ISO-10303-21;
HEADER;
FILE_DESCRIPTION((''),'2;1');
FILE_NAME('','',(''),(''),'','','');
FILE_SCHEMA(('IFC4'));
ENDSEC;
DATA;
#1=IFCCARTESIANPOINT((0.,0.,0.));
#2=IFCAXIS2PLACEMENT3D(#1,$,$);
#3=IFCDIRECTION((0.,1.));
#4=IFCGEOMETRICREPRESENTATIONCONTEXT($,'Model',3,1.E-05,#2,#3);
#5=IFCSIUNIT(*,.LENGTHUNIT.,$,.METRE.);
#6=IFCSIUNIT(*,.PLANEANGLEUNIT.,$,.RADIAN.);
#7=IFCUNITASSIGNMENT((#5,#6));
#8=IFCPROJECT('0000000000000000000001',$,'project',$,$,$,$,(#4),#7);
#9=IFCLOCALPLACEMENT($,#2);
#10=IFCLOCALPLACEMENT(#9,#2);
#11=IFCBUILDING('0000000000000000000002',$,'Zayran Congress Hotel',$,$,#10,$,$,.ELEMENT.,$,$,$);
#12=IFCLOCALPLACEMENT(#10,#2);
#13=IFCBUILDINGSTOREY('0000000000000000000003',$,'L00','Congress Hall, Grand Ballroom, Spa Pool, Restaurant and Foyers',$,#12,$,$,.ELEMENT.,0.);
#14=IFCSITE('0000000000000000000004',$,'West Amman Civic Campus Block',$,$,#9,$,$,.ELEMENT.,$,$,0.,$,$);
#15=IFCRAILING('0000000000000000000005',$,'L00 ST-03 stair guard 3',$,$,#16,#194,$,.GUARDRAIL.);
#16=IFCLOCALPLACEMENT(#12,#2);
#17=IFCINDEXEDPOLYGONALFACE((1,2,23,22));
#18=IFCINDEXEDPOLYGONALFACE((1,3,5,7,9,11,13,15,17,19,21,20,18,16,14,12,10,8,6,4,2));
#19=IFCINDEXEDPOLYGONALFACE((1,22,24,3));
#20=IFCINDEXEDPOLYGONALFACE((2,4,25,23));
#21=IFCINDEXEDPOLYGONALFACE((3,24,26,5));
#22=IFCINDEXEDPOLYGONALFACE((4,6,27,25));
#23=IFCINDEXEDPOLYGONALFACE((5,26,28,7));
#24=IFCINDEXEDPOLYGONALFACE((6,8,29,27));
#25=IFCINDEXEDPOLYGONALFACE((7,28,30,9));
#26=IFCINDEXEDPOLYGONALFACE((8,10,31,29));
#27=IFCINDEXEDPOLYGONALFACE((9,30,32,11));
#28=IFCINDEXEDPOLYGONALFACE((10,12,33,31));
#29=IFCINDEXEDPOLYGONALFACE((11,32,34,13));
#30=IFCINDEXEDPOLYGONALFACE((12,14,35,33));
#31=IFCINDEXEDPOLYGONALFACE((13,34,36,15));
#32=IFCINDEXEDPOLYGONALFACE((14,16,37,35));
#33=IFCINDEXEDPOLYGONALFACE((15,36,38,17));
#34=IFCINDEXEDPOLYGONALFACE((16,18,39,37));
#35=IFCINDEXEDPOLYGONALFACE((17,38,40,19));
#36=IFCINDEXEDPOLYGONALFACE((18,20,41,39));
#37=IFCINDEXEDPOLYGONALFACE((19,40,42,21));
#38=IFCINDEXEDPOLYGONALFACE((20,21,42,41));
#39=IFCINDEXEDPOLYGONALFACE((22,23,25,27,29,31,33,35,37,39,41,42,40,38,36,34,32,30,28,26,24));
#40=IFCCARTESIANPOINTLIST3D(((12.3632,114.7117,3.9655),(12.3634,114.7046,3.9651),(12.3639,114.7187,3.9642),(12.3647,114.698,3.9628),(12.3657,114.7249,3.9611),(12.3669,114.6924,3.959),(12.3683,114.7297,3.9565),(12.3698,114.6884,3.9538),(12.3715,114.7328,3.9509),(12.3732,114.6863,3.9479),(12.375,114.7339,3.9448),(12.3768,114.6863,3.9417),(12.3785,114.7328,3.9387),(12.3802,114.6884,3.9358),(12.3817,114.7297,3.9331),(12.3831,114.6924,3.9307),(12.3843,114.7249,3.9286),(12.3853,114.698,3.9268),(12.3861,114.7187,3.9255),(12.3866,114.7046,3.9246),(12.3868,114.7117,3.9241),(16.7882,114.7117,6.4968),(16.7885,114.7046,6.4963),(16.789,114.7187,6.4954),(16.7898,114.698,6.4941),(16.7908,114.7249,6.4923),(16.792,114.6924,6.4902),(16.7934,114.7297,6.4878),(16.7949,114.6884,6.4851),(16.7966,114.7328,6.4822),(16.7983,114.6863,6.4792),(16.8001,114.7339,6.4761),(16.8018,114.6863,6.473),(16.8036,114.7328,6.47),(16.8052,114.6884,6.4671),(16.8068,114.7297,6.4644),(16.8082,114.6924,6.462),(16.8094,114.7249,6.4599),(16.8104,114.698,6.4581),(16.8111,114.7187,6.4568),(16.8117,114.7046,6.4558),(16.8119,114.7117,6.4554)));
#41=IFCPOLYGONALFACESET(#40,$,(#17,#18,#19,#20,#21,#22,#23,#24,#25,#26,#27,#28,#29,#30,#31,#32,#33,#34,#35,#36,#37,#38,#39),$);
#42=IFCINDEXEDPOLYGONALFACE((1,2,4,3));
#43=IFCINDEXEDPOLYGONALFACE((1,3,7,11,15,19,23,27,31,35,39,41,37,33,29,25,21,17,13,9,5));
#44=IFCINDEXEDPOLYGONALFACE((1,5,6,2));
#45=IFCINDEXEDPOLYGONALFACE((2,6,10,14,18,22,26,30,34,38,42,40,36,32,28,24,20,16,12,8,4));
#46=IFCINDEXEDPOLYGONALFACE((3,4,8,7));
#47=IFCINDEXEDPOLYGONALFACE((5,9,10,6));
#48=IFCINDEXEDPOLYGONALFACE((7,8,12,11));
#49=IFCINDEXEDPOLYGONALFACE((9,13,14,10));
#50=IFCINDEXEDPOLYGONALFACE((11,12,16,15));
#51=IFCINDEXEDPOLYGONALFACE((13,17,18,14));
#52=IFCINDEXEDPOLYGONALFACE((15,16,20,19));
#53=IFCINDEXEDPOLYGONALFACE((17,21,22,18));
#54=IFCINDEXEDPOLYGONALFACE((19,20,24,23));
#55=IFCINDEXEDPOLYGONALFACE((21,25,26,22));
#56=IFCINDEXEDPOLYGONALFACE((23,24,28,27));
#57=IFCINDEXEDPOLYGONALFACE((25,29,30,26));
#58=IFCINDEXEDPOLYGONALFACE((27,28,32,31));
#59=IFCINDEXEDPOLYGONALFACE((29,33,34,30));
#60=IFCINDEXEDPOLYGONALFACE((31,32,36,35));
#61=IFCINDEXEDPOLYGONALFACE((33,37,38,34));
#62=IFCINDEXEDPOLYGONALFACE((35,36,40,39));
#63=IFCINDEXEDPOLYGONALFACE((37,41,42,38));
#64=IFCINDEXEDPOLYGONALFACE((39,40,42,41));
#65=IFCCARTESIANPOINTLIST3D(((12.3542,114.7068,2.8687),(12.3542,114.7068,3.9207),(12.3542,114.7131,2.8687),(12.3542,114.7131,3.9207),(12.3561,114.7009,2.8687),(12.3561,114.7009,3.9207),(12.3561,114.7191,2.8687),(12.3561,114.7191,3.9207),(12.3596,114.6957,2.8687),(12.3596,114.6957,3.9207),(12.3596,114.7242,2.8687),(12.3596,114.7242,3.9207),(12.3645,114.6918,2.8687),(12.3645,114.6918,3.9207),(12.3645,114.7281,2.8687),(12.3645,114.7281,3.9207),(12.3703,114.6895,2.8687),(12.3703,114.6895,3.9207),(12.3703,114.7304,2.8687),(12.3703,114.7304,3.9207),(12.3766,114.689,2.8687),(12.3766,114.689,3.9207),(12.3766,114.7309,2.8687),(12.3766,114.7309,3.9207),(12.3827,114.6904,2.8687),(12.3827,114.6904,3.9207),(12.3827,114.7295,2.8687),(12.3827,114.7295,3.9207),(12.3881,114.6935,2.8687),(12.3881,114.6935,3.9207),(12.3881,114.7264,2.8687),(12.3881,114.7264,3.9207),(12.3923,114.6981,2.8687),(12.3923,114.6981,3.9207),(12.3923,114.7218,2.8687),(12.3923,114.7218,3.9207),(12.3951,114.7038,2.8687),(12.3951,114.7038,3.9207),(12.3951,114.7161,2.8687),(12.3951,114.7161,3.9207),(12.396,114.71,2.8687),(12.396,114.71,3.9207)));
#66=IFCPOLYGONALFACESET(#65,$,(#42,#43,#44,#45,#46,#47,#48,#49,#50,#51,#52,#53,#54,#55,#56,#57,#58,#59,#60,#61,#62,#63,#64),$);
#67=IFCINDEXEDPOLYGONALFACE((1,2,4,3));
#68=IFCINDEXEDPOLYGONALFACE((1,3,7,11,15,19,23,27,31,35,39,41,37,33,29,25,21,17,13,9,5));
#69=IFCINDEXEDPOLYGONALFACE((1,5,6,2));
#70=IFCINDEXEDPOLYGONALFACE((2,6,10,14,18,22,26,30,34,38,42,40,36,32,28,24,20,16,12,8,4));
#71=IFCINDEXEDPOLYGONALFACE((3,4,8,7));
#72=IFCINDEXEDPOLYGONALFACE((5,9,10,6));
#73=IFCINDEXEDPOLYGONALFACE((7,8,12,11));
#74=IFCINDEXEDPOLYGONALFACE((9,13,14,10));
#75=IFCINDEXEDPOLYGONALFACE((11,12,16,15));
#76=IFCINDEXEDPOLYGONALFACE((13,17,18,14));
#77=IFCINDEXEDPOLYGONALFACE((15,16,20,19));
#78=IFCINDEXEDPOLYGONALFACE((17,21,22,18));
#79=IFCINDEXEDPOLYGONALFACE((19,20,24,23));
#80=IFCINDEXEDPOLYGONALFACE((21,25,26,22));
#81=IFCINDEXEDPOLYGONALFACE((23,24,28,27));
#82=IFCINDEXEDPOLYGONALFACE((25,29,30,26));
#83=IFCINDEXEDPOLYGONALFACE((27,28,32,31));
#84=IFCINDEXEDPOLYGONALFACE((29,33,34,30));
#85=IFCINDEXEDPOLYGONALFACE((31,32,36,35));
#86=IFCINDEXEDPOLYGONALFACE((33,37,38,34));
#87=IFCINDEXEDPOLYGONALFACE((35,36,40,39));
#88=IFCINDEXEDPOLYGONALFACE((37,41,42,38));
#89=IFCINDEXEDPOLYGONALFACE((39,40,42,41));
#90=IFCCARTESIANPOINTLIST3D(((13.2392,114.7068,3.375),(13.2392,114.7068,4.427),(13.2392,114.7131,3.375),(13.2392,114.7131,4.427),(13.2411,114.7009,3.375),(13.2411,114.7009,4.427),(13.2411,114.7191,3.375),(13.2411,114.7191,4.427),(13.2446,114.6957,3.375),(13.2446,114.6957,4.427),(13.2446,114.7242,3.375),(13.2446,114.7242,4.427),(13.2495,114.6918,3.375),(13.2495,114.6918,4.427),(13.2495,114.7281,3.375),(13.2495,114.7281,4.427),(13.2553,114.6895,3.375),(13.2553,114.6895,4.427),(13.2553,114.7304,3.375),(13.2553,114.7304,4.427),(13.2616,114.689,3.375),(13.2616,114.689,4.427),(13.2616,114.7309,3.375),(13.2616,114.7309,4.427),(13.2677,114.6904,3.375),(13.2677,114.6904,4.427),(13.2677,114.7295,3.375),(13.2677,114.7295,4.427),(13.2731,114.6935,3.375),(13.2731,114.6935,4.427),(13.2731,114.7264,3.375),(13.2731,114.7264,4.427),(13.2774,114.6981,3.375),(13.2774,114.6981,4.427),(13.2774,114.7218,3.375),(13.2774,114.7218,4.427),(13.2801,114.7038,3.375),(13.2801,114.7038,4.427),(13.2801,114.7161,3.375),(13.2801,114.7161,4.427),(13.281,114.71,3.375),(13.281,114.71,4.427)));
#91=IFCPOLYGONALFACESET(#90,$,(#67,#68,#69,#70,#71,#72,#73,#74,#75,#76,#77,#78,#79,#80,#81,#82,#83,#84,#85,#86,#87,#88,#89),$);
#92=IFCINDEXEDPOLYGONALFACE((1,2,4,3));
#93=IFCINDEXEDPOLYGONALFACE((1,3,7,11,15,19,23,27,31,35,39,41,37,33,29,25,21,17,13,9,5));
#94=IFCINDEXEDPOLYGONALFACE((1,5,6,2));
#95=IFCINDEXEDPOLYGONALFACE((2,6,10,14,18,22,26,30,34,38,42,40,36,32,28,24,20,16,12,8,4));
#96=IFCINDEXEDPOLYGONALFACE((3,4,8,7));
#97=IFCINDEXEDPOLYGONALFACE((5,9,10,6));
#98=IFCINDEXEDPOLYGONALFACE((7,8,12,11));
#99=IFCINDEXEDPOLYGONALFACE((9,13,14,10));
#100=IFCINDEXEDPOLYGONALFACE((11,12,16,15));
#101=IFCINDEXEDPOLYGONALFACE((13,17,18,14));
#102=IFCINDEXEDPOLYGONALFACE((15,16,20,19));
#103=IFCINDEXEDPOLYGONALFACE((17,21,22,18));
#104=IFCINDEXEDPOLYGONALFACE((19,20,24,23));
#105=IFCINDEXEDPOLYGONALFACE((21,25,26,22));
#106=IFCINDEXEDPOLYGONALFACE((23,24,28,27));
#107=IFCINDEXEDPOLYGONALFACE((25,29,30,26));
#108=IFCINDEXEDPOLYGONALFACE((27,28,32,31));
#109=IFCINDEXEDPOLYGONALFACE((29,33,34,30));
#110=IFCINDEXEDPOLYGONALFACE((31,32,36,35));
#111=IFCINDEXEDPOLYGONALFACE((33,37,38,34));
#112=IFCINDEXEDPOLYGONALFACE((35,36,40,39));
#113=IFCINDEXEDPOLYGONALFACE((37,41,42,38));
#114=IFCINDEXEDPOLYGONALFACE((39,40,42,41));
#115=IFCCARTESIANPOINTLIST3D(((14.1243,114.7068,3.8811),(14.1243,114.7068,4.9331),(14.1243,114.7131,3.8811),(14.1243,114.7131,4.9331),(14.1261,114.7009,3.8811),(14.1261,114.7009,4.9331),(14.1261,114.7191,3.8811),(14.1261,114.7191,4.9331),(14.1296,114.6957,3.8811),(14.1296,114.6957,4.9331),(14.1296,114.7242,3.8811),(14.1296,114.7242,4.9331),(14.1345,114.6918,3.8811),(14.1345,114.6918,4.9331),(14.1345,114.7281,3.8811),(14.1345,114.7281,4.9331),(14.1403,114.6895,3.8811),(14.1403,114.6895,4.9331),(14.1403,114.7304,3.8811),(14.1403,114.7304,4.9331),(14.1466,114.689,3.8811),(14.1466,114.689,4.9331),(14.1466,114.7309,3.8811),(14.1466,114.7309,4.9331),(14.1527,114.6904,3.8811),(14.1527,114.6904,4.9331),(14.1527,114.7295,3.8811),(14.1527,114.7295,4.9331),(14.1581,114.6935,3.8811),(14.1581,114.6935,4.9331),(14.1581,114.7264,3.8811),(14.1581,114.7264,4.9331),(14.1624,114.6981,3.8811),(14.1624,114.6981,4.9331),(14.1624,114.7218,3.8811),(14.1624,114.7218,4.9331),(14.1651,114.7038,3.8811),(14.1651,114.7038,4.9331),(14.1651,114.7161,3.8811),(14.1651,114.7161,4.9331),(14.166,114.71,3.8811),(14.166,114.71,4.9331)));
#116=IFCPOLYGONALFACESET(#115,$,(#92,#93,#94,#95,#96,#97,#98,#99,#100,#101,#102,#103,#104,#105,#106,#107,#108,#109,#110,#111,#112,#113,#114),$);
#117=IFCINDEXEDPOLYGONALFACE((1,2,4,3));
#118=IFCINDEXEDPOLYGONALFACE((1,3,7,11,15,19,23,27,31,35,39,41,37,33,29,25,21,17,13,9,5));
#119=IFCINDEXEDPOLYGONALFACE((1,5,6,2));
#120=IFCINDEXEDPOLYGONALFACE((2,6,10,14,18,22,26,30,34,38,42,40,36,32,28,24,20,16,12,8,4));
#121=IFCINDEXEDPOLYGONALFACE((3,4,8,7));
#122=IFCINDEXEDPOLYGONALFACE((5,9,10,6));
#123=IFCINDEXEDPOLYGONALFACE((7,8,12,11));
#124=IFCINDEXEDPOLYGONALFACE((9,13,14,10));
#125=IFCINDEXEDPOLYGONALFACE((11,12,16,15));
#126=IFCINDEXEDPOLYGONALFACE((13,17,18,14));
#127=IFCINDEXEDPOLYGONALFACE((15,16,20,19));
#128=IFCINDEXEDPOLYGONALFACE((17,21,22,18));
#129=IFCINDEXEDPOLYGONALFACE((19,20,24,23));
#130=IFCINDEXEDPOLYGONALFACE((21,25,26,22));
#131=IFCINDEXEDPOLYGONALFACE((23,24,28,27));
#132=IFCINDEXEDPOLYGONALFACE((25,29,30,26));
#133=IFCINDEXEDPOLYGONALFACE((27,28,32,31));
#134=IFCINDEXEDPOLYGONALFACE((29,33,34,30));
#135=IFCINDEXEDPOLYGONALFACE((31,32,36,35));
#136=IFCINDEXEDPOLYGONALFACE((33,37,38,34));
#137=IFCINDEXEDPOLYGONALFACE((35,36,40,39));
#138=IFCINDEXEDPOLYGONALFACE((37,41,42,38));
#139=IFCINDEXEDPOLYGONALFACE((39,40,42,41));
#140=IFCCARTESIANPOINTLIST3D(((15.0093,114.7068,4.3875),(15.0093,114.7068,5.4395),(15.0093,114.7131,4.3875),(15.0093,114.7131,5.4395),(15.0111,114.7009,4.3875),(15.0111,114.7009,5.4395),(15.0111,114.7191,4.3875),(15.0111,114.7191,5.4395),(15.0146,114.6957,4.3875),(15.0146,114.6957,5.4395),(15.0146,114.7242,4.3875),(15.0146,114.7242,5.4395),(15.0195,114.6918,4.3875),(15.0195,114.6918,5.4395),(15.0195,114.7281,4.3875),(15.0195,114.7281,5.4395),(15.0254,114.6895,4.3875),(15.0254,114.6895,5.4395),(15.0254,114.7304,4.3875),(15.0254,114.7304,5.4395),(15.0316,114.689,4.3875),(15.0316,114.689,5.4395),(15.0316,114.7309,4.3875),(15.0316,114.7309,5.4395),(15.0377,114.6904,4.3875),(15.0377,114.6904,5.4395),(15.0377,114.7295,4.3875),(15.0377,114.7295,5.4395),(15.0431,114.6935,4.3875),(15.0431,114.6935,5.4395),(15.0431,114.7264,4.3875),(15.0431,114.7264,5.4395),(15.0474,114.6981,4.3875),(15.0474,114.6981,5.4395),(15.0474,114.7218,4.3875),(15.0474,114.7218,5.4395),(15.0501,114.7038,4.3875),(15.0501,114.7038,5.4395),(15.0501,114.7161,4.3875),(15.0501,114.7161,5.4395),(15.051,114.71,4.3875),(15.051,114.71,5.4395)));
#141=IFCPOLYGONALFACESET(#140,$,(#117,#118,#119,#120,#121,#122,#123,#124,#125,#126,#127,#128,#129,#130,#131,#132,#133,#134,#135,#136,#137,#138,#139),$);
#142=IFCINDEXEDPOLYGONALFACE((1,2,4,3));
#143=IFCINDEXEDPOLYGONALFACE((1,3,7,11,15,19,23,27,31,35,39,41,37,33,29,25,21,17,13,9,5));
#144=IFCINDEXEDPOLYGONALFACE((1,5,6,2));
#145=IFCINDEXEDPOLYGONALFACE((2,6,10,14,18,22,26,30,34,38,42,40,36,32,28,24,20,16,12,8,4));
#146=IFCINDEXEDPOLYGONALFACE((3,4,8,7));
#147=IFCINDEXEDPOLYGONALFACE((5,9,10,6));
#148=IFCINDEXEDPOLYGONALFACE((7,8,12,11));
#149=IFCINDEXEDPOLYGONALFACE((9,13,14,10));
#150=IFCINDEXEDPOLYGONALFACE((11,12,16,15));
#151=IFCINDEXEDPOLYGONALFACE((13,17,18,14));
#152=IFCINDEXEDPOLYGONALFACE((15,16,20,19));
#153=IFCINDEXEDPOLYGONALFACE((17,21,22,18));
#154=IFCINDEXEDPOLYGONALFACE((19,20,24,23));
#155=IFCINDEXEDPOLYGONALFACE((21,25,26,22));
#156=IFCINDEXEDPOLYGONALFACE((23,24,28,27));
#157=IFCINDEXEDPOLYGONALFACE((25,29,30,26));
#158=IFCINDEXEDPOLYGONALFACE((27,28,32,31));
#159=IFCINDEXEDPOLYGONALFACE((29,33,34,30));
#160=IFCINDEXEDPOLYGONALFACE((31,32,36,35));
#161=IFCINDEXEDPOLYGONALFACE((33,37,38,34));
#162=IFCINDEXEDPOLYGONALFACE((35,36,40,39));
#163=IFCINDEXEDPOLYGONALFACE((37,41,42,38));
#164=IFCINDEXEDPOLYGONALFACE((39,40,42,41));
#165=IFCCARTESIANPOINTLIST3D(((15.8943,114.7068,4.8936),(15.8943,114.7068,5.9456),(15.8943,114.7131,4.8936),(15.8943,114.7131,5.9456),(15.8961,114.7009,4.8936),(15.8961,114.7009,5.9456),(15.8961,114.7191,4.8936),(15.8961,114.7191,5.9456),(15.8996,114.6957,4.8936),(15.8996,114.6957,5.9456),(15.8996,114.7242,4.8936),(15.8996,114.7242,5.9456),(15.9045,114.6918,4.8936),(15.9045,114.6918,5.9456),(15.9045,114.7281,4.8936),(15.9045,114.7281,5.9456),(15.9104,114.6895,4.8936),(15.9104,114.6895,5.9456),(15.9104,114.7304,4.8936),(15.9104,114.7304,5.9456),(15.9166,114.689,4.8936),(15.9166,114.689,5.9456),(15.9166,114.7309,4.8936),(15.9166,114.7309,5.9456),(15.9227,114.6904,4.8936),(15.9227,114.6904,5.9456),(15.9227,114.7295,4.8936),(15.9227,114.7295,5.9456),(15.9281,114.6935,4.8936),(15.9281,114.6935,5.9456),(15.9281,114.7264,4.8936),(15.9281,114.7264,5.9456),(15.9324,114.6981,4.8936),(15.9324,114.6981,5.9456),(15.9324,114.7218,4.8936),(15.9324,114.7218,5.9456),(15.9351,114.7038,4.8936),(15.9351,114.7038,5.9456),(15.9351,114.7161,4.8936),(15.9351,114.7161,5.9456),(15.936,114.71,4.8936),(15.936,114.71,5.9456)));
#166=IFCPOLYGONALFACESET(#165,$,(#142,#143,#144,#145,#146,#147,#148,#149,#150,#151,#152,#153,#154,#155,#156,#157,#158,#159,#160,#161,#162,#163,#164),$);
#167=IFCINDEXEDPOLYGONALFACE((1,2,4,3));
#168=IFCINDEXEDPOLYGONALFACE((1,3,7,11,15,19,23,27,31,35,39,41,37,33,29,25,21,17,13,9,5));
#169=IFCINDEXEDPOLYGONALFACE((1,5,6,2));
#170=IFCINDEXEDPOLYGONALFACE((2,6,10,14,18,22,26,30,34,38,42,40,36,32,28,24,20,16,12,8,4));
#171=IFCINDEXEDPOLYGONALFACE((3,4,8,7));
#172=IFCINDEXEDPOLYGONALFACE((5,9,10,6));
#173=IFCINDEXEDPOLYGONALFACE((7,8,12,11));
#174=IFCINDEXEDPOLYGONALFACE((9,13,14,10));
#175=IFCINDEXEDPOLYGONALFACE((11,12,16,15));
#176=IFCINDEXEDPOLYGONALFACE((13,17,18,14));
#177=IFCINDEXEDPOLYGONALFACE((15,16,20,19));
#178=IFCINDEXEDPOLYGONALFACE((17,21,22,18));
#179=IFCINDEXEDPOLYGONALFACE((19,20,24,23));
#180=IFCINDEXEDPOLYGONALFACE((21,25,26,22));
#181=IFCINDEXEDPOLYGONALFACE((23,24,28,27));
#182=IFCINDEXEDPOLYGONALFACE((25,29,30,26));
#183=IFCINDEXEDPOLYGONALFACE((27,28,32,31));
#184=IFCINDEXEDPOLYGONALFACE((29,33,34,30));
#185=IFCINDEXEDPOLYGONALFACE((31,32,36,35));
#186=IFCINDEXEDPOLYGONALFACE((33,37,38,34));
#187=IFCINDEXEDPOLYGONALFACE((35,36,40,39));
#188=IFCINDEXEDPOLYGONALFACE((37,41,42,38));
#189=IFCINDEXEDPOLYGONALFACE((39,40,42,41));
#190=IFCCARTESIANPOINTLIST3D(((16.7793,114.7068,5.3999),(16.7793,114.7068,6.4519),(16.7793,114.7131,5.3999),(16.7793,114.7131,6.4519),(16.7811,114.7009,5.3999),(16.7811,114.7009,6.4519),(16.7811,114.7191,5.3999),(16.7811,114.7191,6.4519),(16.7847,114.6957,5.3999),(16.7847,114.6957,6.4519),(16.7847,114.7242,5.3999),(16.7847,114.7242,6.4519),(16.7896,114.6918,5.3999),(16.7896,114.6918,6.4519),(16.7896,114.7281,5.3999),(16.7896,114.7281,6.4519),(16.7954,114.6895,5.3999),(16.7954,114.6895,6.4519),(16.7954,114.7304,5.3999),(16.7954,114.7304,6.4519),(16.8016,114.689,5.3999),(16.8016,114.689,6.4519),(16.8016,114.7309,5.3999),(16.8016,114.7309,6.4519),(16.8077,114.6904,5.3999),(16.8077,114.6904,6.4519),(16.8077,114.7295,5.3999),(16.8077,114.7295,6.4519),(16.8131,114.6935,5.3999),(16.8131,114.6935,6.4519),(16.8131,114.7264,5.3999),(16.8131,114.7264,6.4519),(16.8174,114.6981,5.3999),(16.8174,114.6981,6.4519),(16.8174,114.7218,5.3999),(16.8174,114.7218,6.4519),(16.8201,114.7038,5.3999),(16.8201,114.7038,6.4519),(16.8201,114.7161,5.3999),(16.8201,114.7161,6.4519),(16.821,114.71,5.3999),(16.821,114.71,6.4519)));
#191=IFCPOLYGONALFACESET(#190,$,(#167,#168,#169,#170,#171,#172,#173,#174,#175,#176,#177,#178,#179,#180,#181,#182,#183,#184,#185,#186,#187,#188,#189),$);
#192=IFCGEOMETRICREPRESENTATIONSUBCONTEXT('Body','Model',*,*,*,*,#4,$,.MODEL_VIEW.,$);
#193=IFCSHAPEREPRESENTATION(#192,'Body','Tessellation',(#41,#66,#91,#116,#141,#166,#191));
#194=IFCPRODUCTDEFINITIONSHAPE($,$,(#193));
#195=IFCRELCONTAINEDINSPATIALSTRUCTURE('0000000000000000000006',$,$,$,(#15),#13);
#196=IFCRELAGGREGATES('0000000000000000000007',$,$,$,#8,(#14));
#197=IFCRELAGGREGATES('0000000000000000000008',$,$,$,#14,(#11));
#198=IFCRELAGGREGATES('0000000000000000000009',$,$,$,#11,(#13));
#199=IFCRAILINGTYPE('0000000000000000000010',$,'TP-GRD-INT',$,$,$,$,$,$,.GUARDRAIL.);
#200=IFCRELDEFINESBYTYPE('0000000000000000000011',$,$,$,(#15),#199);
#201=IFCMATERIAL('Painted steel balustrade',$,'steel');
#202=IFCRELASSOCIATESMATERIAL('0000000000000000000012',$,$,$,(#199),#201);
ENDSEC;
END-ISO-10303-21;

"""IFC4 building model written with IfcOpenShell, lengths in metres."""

from ifc_helpers import new_model, si_unit, direction, frame, origin, origin_2d, place, context, subcontext, project, spatial, circle, extrude, material, type_object, element, save


model = new_model("IFC4")

# Units and contexts
model_context = context("Model", 3, precision=1e-05, world=origin(), true_north=direction((0.0, 1.0)))
body_context = subcontext(model_context, "Body", "Model", "MODEL_VIEW")
ifc_project = project(units=[si_unit("LENGTHUNIT", "METRE"), si_unit("PLANEANGLEUNIT", "RADIAN")], contexts=[model_context])

# Site, building, storey
site_placement = place(None, origin())
site = spatial("IfcSite", under=ifc_project, at=site_placement, Name="West Amman Civic Campus Block", CompositionType="ELEMENT", RefElevation=0.0)
building_placement = place(site_placement, origin())
building = spatial("IfcBuilding", under=site, at=building_placement, Name="Zayran Congress Hotel", CompositionType="ELEMENT")
storey_placement = place(building_placement, origin())
storey = spatial("IfcBuildingStorey", under=building, at=storey_placement, Name="L00", Description="Congress Hall, Grand Ballroom, Spa Pool, Restaurant and Foyers", CompositionType="ELEMENT", Elevation=0.0)

# Railing
ifc_material_1 = material(Name="Painted steel balustrade", Category="steel")
railing_type_1 = type_object("IfcRailingType", Name="TP-GRD-INT", PredefinedType="GUARDRAIL", material=ifc_material_1)
railing_1_placement = place(storey_placement, frame((12.375, 114.71, 2.8687)))
element("IfcRailing", 1, at=railing_1_placement, inside=storey, type_object=railing_type_1, Name="L00 ST-03 stair guard 3", PredefinedType="GUARDRAIL", context=body_context, shape_type="SweptSolid", body=[
    extrude(circle(Radius=0.0239, at=origin_2d()), frame((0.0, 0.0, 1.0762), z_axis=(0.868019, 0.0, 0.496531), x_axis=(0.0, 1.0, 0.0)), (0.0, 0.0, 1.0), 5.0979),
    extrude(circle(Radius=0.021, at=origin_2d()), origin(), (0.0, 0.0, 1.0), 1.052),
    extrude(circle(Radius=0.021, at=origin_2d()), frame((0.885, 0.0, 0.5063)), (0.0, 0.0, 1.0), 1.052),
    extrude(circle(Radius=0.021, at=origin_2d()), frame((1.77, 0.0, 1.0125)), (0.0, 0.0, 1.0), 1.052),
    extrude(circle(Radius=0.021, at=origin_2d()), frame((2.655, 0.0, 1.5188)), (0.0, 0.0, 1.0), 1.052),
    extrude(circle(Radius=0.021, at=origin_2d()), frame((3.54, 0.0, 2.0249)), (0.0, 0.0, 1.0), 1.052),
    extrude(circle(Radius=0.021, at=origin_2d()), frame((4.425, 0.0, 2.5312)), (0.0, 0.0, 1.0), 1.052),
])

save(model, "model.ifc")
